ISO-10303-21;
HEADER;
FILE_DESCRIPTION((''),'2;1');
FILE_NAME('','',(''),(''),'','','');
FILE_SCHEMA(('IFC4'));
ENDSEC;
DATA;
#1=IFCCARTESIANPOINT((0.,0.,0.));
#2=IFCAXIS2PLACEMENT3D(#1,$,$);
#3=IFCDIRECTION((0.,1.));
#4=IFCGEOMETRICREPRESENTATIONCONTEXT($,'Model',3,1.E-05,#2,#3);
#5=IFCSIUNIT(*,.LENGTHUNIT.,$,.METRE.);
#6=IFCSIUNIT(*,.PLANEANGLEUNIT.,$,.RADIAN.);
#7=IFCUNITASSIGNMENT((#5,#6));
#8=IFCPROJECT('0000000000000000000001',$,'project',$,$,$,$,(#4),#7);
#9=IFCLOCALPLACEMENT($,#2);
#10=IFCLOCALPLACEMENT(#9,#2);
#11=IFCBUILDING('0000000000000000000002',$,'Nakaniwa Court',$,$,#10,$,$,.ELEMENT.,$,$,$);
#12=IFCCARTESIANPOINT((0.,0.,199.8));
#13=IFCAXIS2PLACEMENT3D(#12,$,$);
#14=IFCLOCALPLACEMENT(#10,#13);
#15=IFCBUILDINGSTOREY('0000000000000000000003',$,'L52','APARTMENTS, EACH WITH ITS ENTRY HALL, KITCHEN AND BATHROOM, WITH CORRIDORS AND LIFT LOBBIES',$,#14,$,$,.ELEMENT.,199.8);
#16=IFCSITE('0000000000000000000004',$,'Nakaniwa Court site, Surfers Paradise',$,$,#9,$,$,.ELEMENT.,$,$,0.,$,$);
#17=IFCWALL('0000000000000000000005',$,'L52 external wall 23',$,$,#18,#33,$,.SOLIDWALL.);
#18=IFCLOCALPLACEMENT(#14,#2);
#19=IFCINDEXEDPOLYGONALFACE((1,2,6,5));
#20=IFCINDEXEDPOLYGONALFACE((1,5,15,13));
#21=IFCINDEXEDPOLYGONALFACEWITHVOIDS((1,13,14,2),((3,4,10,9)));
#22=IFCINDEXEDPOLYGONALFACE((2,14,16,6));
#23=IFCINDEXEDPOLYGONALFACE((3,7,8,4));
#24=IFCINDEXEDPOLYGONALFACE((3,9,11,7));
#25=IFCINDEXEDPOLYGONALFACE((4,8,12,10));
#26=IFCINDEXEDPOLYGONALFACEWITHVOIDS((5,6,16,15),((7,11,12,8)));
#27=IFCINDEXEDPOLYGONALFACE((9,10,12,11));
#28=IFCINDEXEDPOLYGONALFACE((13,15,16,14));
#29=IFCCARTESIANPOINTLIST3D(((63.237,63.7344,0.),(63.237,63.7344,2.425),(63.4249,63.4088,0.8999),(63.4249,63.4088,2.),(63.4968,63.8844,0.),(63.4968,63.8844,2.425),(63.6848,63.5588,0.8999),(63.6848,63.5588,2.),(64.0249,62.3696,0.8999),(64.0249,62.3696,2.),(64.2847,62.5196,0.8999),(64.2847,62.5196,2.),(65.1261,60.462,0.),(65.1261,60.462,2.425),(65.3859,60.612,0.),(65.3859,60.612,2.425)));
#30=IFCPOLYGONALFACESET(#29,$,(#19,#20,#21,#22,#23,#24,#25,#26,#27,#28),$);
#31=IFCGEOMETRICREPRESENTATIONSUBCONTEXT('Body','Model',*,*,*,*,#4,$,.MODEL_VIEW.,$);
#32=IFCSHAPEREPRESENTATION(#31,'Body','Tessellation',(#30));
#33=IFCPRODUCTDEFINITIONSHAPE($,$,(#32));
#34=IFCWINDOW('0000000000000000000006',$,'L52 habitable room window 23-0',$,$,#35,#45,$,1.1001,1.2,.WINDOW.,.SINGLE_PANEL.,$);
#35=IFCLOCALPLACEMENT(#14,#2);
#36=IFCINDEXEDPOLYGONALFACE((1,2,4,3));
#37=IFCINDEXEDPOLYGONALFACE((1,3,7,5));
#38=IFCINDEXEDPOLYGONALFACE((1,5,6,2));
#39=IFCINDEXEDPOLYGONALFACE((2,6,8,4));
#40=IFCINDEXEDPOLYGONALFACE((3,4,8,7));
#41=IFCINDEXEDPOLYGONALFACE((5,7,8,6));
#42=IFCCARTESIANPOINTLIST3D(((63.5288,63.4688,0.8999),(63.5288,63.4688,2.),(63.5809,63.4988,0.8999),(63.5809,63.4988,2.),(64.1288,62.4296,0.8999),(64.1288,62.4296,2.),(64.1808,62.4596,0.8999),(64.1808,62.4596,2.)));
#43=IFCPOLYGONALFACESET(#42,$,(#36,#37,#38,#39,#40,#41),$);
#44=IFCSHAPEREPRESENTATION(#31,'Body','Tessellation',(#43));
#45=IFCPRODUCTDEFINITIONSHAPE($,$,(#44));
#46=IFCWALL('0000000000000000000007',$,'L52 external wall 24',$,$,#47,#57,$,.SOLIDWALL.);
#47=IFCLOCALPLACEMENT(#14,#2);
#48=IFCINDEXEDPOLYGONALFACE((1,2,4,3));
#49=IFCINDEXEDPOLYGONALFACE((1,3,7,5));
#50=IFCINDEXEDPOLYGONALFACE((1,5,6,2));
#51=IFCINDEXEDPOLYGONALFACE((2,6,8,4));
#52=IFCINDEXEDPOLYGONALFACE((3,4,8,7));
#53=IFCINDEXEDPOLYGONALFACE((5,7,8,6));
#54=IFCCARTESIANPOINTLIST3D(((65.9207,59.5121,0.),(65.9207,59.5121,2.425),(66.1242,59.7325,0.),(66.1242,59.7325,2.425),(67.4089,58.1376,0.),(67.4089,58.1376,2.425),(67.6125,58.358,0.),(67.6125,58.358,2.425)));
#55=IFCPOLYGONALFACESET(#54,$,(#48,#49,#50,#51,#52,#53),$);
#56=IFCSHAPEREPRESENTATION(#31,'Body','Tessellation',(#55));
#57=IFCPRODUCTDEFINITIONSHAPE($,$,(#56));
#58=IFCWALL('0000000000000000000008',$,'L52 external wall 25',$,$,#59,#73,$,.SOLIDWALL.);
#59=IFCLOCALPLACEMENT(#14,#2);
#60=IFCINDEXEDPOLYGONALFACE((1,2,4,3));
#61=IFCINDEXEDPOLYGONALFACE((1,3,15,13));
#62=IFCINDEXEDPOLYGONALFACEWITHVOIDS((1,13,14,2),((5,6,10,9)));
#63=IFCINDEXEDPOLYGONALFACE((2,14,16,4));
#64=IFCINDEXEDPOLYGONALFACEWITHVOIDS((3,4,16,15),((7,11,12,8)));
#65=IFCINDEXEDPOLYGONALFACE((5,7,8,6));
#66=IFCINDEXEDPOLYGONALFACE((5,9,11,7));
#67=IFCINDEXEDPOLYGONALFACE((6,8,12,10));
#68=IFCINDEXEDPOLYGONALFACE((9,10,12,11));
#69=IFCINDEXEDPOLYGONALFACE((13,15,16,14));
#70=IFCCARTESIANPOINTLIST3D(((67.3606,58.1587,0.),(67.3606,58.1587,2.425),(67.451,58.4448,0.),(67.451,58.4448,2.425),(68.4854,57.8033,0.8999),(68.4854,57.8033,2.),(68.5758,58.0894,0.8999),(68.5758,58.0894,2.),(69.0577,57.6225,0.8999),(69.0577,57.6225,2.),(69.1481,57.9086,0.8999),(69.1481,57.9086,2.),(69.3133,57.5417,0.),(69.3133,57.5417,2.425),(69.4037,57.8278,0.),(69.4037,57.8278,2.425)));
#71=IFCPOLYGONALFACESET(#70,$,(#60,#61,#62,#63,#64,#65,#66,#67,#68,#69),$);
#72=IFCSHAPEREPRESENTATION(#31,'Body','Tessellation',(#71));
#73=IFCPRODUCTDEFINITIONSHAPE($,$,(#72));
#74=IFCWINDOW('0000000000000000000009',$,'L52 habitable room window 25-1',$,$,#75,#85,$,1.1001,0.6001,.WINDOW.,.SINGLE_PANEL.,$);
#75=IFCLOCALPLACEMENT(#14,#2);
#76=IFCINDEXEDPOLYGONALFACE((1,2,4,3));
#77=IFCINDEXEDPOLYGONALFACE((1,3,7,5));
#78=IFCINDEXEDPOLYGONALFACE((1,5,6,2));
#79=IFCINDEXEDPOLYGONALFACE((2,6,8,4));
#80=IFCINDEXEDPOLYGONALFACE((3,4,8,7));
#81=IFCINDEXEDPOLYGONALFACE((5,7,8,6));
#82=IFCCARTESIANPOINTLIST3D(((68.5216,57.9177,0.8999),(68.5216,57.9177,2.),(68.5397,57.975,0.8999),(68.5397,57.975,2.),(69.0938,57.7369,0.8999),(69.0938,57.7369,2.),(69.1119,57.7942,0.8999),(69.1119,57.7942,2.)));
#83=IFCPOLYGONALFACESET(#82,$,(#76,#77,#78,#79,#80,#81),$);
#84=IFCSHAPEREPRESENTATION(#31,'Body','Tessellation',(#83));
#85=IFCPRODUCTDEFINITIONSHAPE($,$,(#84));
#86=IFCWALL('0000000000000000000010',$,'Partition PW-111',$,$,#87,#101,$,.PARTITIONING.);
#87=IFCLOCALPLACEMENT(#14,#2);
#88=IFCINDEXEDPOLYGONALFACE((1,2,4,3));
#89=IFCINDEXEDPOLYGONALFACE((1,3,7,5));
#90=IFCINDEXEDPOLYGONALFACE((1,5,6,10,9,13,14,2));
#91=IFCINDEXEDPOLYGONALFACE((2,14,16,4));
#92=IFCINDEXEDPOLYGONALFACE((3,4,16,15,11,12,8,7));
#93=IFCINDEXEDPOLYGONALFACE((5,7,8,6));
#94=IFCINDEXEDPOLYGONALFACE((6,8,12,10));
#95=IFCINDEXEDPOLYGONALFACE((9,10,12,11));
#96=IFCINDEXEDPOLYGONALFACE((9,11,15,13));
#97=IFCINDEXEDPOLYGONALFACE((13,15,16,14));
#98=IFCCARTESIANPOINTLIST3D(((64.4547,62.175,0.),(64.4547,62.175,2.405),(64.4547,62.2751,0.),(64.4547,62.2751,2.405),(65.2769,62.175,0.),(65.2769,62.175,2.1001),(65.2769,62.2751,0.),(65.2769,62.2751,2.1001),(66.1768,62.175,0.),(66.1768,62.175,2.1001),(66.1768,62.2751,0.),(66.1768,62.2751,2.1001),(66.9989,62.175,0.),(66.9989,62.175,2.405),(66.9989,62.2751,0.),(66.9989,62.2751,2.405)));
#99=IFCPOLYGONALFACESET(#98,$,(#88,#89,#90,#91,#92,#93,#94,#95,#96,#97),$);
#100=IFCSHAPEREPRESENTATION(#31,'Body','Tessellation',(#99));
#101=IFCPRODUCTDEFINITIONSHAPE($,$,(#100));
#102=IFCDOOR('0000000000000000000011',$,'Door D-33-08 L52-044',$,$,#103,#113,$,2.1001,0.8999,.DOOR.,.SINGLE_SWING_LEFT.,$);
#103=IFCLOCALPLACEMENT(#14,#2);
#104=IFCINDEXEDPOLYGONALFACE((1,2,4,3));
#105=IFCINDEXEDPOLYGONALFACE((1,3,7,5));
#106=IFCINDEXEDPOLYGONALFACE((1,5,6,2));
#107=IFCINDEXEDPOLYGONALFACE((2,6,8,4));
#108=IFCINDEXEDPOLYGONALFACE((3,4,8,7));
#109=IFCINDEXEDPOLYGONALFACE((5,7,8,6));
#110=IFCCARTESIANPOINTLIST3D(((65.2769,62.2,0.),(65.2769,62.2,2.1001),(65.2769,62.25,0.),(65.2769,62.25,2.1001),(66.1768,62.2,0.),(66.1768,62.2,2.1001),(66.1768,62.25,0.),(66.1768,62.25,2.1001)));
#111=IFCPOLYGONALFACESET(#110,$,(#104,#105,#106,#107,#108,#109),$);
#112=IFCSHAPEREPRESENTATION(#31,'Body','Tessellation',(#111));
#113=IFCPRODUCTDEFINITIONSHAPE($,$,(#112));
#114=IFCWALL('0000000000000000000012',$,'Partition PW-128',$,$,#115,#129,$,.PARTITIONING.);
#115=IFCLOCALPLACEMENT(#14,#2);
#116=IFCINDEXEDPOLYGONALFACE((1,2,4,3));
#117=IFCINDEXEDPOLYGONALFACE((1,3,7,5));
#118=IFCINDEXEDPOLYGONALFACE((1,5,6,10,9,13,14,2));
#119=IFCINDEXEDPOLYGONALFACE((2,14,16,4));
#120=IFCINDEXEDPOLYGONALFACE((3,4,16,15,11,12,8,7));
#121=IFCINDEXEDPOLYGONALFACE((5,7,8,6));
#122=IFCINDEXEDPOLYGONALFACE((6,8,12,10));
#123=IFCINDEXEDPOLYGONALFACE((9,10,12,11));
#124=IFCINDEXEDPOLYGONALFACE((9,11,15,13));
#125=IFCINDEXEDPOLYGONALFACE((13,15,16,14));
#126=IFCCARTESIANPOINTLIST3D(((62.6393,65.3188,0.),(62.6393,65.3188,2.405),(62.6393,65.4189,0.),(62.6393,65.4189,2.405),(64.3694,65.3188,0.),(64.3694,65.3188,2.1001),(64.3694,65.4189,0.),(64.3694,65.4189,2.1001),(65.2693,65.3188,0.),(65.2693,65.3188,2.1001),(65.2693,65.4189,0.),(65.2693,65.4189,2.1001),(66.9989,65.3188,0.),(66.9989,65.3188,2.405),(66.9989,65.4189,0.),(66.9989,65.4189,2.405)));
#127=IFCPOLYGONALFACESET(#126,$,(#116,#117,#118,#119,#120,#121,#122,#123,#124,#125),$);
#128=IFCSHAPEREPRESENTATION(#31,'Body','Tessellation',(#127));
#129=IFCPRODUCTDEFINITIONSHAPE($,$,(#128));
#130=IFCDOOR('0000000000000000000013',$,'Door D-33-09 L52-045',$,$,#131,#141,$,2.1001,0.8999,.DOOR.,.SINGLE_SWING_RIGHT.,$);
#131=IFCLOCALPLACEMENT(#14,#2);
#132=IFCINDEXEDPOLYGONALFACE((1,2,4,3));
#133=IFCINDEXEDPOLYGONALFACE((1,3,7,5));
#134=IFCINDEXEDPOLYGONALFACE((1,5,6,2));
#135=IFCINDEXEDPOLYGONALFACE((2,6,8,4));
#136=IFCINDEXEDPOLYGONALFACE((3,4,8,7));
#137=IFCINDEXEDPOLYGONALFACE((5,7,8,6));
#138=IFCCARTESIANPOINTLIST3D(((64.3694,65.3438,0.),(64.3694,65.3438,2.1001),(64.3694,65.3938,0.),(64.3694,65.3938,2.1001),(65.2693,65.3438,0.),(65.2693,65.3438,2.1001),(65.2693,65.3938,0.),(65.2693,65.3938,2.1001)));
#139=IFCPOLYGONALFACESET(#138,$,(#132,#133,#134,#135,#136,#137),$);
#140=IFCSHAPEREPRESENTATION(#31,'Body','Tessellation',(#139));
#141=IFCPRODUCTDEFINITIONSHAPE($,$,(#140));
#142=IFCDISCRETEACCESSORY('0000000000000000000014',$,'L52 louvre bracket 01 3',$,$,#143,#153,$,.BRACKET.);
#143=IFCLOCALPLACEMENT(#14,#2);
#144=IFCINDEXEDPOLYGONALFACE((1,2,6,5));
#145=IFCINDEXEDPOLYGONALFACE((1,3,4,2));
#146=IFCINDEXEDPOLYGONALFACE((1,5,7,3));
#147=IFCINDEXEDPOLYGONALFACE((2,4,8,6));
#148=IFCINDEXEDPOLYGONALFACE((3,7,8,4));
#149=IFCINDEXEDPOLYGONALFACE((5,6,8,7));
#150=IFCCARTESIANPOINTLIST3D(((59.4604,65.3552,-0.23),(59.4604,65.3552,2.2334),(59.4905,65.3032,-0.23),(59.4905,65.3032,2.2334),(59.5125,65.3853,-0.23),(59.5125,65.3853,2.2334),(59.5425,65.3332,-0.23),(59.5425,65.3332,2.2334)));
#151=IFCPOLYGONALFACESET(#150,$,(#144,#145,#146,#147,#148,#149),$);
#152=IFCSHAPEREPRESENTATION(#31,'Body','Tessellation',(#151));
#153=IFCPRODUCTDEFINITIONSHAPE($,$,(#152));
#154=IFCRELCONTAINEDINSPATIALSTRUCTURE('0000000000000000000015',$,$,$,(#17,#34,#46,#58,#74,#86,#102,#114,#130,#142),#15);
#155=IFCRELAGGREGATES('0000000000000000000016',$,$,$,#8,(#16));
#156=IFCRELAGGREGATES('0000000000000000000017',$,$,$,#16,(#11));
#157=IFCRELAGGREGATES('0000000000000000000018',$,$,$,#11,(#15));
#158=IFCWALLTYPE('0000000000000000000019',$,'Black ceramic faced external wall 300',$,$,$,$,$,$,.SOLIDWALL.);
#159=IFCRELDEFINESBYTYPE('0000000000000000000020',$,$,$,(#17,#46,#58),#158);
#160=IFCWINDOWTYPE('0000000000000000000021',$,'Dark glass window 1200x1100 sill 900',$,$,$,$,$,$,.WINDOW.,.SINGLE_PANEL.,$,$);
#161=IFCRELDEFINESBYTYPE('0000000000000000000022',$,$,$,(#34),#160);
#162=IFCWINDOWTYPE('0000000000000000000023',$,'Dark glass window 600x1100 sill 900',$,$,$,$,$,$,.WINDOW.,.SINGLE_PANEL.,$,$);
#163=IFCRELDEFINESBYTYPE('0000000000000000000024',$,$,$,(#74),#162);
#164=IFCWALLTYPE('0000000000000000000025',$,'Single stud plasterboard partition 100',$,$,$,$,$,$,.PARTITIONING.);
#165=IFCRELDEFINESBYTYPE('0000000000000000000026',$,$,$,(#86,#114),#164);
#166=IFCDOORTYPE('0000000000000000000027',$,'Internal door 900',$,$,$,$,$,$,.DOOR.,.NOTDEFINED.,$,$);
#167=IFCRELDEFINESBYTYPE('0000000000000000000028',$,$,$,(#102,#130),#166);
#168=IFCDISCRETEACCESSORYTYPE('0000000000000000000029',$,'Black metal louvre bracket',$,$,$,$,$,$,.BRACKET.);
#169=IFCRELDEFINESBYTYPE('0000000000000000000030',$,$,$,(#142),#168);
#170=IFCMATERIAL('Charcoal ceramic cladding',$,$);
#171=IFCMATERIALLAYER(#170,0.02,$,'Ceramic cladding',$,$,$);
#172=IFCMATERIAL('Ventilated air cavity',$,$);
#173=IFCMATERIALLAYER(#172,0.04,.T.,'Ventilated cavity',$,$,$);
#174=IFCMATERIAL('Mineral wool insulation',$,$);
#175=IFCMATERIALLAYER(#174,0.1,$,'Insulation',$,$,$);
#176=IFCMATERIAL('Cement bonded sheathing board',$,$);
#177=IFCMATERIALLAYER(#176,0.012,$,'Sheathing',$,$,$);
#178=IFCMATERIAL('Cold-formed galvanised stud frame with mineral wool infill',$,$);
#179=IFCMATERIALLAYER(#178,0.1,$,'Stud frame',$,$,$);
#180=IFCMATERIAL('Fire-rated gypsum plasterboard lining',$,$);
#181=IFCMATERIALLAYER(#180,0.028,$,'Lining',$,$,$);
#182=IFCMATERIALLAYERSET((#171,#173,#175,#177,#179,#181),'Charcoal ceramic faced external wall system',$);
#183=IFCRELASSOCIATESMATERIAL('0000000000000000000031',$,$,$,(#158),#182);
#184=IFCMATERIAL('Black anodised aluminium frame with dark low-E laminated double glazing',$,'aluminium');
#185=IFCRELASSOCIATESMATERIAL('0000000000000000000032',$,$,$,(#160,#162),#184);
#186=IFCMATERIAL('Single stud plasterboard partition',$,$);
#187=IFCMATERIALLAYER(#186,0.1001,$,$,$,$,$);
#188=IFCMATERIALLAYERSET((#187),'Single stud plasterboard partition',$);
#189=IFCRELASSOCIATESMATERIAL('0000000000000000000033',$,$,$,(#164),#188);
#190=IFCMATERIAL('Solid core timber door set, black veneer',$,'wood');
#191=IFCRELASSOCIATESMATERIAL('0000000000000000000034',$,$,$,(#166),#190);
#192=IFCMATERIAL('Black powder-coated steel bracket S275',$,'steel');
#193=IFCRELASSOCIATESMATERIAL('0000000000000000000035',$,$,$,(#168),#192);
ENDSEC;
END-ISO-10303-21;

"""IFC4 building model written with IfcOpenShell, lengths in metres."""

from ifc_helpers import new_model, si_unit, direction, frame, frame_2d, origin, origin_2d, place, context, subcontext, project, spatial, rectangle, extrude, material, layer, layer_set, type_object, element, fill, save


model = new_model("IFC4")

# Units and contexts
model_context = context("Model", 3, precision=1e-05, world=origin(), true_north=direction((0.0, 1.0)))
body_context = subcontext(model_context, "Body", "Model", "MODEL_VIEW")
ifc_project = project(units=[si_unit("LENGTHUNIT", "METRE"), si_unit("PLANEANGLEUNIT", "RADIAN")], contexts=[model_context])

# Site, building, storey
site_placement = place(None, origin())
site = spatial("IfcSite", under=ifc_project, at=site_placement, Name="Nakaniwa Court site, Surfers Paradise", CompositionType="ELEMENT", RefElevation=0.0)
building_placement = place(site_placement, origin())
building = spatial("IfcBuilding", under=site, at=building_placement, Name="Nakaniwa Court", CompositionType="ELEMENT")
storey_placement = place(building_placement, frame((0.0, 0.0, 199.8)))
storey = spatial("IfcBuildingStorey", under=building, at=storey_placement, Name="L52", Description="APARTMENTS, EACH WITH ITS ENTRY HALL, KITCHEN AND BATHROOM, WITH CORRIDORS AND LIFT LOBBIES", CompositionType="ELEMENT", Elevation=199.8)

# Shared definitions
ifc_material_1 = material(Name="Solid core timber door set, black veneer", Category="wood")

# Wall, opening, window
ifc_material_2 = material(Name="Charcoal ceramic cladding")
ifc_layer_1 = layer(ifc_material_2, 0.02, Name="Ceramic cladding")
ifc_material_3 = material(Name="Ventilated air cavity")
ifc_layer_2 = layer(ifc_material_3, 0.04, ventilated=True, Name="Ventilated cavity")
ifc_material_4 = material(Name="Mineral wool insulation")
ifc_layer_3 = layer(ifc_material_4, 0.1, Name="Insulation")
ifc_material_5 = material(Name="Cement bonded sheathing board")
ifc_layer_4 = layer(ifc_material_5, 0.012, Name="Sheathing")
ifc_material_6 = material(Name="Cold-formed galvanised stud frame with mineral wool infill")
ifc_layer_5 = layer(ifc_material_6, 0.1, Name="Stud frame")
ifc_material_7 = material(Name="Fire-rated gypsum plasterboard lining")
ifc_layer_6 = layer(ifc_material_7, 0.028, Name="Lining")
ifc_layer_set_1 = layer_set([ifc_layer_1, ifc_layer_2, ifc_layer_3, ifc_layer_4, ifc_layer_5, ifc_layer_6], Name="Charcoal ceramic faced external wall system")
wall_type_1 = type_object("IfcWallType", Name="Black ceramic faced external wall 300", PredefinedType="SOLIDWALL", material=ifc_layer_set_1)
wall_1_placement = place(storey_placement, frame((63.3669, 63.8093, 0.0), z_axis=(0.0, 0.0, 1.0), x_axis=(0.499961, -0.866048, 0.0)))
wall_1 = element("IfcWall", 1, at=wall_1_placement, inside=storey, type_object=wall_type_1, Name="L52 external wall 23", PredefinedType="SOLIDWALL", context=body_context, shape_type="SweptSolid", body=[
    extrude(rectangle(XDim=3.7786, YDim=0.3, at=frame_2d((1.8892, 0.0))), origin(), (0.0, 0.0, 1.0), 2.425),
])
opening_1_placement = place(wall_1_placement, frame((0.3757, 0.0, 0.8999)))
opening_1 = element("IfcOpeningElement", 2, at=opening_1_placement, cuts=wall_1, PredefinedType="OPENING", context=body_context, shape_type="SweptSolid", body=[
    extrude(rectangle(XDim=1.2, YDim=1.1001, at=frame_2d((0.6001, 0.55))), frame((0.0, 0.1599, 0.0), z_axis=(0.0, -1.0, 0.0), x_axis=(1.0, 0.0, 0.0)), (0.0, 0.0, 1.0), 0.3201),
])
ifc_material_8 = material(Name="Black anodised aluminium frame with dark low-E laminated double glazing", Category="aluminium")
window_type_1 = type_object("IfcWindowType", Name="Dark glass window 1200x1100 sill 900", PartitioningType="SINGLE_PANEL", PredefinedType="WINDOW", material=ifc_material_8)
window_1_placement = place(opening_1_placement, origin())
window_1 = element("IfcWindow", 3, at=window_1_placement, inside=storey, type_object=window_type_1, Name="L52 habitable room window 23-0", OverallHeight=1.1001, OverallWidth=1.2, PartitioningType="SINGLE_PANEL", PredefinedType="WINDOW", context=body_context, shape_type="SweptSolid", body=[
    extrude(rectangle(XDim=1.2, YDim=1.1001, at=frame_2d((0.6001, 0.55))), frame((0.0, 0.03, 0.0), z_axis=(0.0, -1.0, 0.0), x_axis=(1.0, 0.0, 0.0)), (0.0, 0.0, 1.0), 0.0601),
])
fill(opening_1, window_1)

# Wall
wall_2_placement = place(storey_placement, frame((66.0225, 59.6223, 0.0), z_axis=(0.0, 0.0, 1.0), x_axis=(0.734628, -0.67847, 0.0)))
element("IfcWall", 4, at=wall_2_placement, inside=storey, type_object=wall_type_1, Name="L52 external wall 24", PredefinedType="SOLIDWALL", context=body_context, shape_type="SweptSolid", body=[
    extrude(rectangle(XDim=2.0259, YDim=0.3, at=frame_2d((1.0129, 0.0))), origin(), (0.0, 0.0, 1.0), 2.425),
])

# Wall, opening, window
wall_3_placement = place(storey_placement, frame((67.4058, 58.3018, 0.0), z_axis=(0.0, 0.0, 1.0), x_axis=(0.953538, -0.301274, 0.0)))
wall_3 = element("IfcWall", 5, at=wall_3_placement, inside=storey, type_object=wall_type_1, Name="L52 external wall 25", PredefinedType="SOLIDWALL", context=body_context, shape_type="SweptSolid", body=[
    extrude(rectangle(XDim=2.0479, YDim=0.3, at=frame_2d((1.0239, 0.0))), origin(), (0.0, 0.0, 1.0), 2.425),
])
opening_2_placement = place(wall_3_placement, frame((1.1797, 0.0, 0.8999)))
opening_2 = element("IfcOpeningElement", 6, at=opening_2_placement, cuts=wall_3, PredefinedType="OPENING", context=body_context, shape_type="SweptSolid", body=[
    extrude(rectangle(XDim=0.6001, YDim=1.1001, at=frame_2d((0.3, 0.55))), frame((0.0, 0.1599, 0.0), z_axis=(0.0, -1.0, 0.0), x_axis=(1.0, 0.0, 0.0)), (0.0, 0.0, 1.0), 0.3201),
])
window_type_2 = type_object("IfcWindowType", Name="Dark glass window 600x1100 sill 900", PartitioningType="SINGLE_PANEL", PredefinedType="WINDOW", material=ifc_material_8)
window_2_placement = place(opening_2_placement, origin())
window_2 = element("IfcWindow", 7, at=window_2_placement, inside=storey, type_object=window_type_2, Name="L52 habitable room window 25-1", OverallHeight=1.1001, OverallWidth=0.6001, PartitioningType="SINGLE_PANEL", PredefinedType="WINDOW", context=body_context, shape_type="SweptSolid", body=[
    extrude(rectangle(XDim=0.6001, YDim=1.1001, at=frame_2d((0.3, 0.55))), frame((0.0, 0.03, 0.0), z_axis=(0.0, -1.0, 0.0), x_axis=(1.0, 0.0, 0.0)), (0.0, 0.0, 1.0), 0.0601),
])
fill(opening_2, window_2)

# Walls, openings, doors
ifc_material_9 = material(Name="Single stud plasterboard partition")
ifc_layer_7 = layer(ifc_material_9, 0.1001)
ifc_layer_set_2 = layer_set([ifc_layer_7], Name="Single stud plasterboard partition")
wall_type_2 = type_object("IfcWallType", Name="Single stud plasterboard partition 100", PredefinedType="PARTITIONING", material=ifc_layer_set_2)
wall_4_placement = place(storey_placement, frame((64.4548, 62.2251, 0.0), z_axis=(0.0, 0.0, 1.0), x_axis=(1.0, 0.0, 0.0)))
wall_4 = element("IfcWall", 8, at=wall_4_placement, inside=storey, type_object=wall_type_2, Name="Partition PW-111", PredefinedType="PARTITIONING", context=body_context, shape_type="SweptSolid", body=[
    extrude(rectangle(XDim=2.5442, YDim=0.1001, at=frame_2d((1.272, 0.0))), origin(), (0.0, 0.0, 1.0), 2.405),
])
opening_3_placement = place(wall_4_placement, frame((0.822, 0.0, 0.0)))
opening_3 = element("IfcOpeningElement", 9, at=opening_3_placement, cuts=wall_4, PredefinedType="OPENING", context=body_context, shape_type="SweptSolid", body=[
    extrude(rectangle(XDim=0.8999, YDim=2.1001, at=frame_2d((0.45, 1.05))), frame((0.0, 0.0601, 0.0), z_axis=(0.0, -1.0, 0.0), x_axis=(1.0, 0.0, 0.0)), (0.0, 0.0, 1.0), 0.1201),
])
door_type_1 = type_object("IfcDoorType", Name="Internal door 900", OperationType="NOTDEFINED", PredefinedType="DOOR", material=ifc_material_1)
door_1_placement = place(opening_3_placement, origin())
door_1 = element("IfcDoor", 10, at=door_1_placement, inside=storey, type_object=door_type_1, Name="Door D-33-08 L52-044", OperationType="SINGLE_SWING_LEFT", OverallHeight=2.1001, OverallWidth=0.8999, PredefinedType="DOOR", context=body_context, shape_type="SweptSolid", body=[
    extrude(rectangle(XDim=0.8999, YDim=2.1001, at=frame_2d((0.45, 1.05))), frame((0.0, 0.0249, 0.0), z_axis=(0.0, -1.0, 0.0), x_axis=(1.0, 0.0, 0.0)), (0.0, 0.0, 1.0), 0.05),
])
fill(opening_3, door_1)
wall_5_placement = place(storey_placement, frame((62.6394, 65.3689, 0.0), z_axis=(0.0, 0.0, 1.0), x_axis=(1.0, 0.0, 0.0)))
wall_5 = element("IfcWall", 11, at=wall_5_placement, inside=storey, type_object=wall_type_2, Name="Partition PW-128", PredefinedType="PARTITIONING", context=body_context, shape_type="SweptSolid", body=[
    extrude(rectangle(XDim=4.3596, YDim=0.1001, at=frame_2d((2.1797, 0.0))), origin(), (0.0, 0.0, 1.0), 2.405),
])
opening_4_placement = place(wall_5_placement, frame((1.73, 0.0, 0.0)))
opening_4 = element("IfcOpeningElement", 12, at=opening_4_placement, cuts=wall_5, PredefinedType="OPENING", context=body_context, shape_type="SweptSolid", body=[
    extrude(rectangle(XDim=0.8999, YDim=2.1001, at=frame_2d((0.45, 1.05))), frame((0.0, 0.0601, 0.0), z_axis=(0.0, -1.0, 0.0), x_axis=(1.0, 0.0, 0.0)), (0.0, 0.0, 1.0), 0.1201),
])
door_2_placement = place(opening_4_placement, origin())
door_2 = element("IfcDoor", 13, at=door_2_placement, inside=storey, type_object=door_type_1, Name="Door D-33-09 L52-045", OperationType="SINGLE_SWING_RIGHT", OverallHeight=2.1001, OverallWidth=0.8999, PredefinedType="DOOR", context=body_context, shape_type="SweptSolid", body=[
    extrude(rectangle(XDim=0.8999, YDim=2.1001, at=frame_2d((0.45, 1.05))), frame((0.0, 0.0249, 0.0), z_axis=(0.0, -1.0, 0.0), x_axis=(1.0, 0.0, 0.0)), (0.0, 0.0, 1.0), 0.05),
])
fill(opening_4, door_2)

# Discrete accessory
ifc_material_10 = material(Name="Black powder-coated steel bracket S275", Category="steel")
discrete_accessory_type = type_object("IfcDiscreteAccessoryType", Name="Black metal louvre bracket", PredefinedType="BRACKET", material=ifc_material_10)
discrete_accessory_placement = place(storey_placement, frame((59.5015, 65.3442, -0.23), z_axis=(0.0, 0.0, 1.0), x_axis=(0.499986, -0.866033, 0.0)))
element("IfcDiscreteAccessory", 14, at=discrete_accessory_placement, inside=storey, type_object=discrete_accessory_type, Name="L52 louvre bracket 01 3", PredefinedType="BRACKET", context=body_context, shape_type="SweptSolid", body=[
    extrude(rectangle(XDim=0.0601, YDim=0.0601, at=origin_2d()), origin(), (0.0, 0.0, 1.0), 2.4634),
])

save(model, "model.ifc")
